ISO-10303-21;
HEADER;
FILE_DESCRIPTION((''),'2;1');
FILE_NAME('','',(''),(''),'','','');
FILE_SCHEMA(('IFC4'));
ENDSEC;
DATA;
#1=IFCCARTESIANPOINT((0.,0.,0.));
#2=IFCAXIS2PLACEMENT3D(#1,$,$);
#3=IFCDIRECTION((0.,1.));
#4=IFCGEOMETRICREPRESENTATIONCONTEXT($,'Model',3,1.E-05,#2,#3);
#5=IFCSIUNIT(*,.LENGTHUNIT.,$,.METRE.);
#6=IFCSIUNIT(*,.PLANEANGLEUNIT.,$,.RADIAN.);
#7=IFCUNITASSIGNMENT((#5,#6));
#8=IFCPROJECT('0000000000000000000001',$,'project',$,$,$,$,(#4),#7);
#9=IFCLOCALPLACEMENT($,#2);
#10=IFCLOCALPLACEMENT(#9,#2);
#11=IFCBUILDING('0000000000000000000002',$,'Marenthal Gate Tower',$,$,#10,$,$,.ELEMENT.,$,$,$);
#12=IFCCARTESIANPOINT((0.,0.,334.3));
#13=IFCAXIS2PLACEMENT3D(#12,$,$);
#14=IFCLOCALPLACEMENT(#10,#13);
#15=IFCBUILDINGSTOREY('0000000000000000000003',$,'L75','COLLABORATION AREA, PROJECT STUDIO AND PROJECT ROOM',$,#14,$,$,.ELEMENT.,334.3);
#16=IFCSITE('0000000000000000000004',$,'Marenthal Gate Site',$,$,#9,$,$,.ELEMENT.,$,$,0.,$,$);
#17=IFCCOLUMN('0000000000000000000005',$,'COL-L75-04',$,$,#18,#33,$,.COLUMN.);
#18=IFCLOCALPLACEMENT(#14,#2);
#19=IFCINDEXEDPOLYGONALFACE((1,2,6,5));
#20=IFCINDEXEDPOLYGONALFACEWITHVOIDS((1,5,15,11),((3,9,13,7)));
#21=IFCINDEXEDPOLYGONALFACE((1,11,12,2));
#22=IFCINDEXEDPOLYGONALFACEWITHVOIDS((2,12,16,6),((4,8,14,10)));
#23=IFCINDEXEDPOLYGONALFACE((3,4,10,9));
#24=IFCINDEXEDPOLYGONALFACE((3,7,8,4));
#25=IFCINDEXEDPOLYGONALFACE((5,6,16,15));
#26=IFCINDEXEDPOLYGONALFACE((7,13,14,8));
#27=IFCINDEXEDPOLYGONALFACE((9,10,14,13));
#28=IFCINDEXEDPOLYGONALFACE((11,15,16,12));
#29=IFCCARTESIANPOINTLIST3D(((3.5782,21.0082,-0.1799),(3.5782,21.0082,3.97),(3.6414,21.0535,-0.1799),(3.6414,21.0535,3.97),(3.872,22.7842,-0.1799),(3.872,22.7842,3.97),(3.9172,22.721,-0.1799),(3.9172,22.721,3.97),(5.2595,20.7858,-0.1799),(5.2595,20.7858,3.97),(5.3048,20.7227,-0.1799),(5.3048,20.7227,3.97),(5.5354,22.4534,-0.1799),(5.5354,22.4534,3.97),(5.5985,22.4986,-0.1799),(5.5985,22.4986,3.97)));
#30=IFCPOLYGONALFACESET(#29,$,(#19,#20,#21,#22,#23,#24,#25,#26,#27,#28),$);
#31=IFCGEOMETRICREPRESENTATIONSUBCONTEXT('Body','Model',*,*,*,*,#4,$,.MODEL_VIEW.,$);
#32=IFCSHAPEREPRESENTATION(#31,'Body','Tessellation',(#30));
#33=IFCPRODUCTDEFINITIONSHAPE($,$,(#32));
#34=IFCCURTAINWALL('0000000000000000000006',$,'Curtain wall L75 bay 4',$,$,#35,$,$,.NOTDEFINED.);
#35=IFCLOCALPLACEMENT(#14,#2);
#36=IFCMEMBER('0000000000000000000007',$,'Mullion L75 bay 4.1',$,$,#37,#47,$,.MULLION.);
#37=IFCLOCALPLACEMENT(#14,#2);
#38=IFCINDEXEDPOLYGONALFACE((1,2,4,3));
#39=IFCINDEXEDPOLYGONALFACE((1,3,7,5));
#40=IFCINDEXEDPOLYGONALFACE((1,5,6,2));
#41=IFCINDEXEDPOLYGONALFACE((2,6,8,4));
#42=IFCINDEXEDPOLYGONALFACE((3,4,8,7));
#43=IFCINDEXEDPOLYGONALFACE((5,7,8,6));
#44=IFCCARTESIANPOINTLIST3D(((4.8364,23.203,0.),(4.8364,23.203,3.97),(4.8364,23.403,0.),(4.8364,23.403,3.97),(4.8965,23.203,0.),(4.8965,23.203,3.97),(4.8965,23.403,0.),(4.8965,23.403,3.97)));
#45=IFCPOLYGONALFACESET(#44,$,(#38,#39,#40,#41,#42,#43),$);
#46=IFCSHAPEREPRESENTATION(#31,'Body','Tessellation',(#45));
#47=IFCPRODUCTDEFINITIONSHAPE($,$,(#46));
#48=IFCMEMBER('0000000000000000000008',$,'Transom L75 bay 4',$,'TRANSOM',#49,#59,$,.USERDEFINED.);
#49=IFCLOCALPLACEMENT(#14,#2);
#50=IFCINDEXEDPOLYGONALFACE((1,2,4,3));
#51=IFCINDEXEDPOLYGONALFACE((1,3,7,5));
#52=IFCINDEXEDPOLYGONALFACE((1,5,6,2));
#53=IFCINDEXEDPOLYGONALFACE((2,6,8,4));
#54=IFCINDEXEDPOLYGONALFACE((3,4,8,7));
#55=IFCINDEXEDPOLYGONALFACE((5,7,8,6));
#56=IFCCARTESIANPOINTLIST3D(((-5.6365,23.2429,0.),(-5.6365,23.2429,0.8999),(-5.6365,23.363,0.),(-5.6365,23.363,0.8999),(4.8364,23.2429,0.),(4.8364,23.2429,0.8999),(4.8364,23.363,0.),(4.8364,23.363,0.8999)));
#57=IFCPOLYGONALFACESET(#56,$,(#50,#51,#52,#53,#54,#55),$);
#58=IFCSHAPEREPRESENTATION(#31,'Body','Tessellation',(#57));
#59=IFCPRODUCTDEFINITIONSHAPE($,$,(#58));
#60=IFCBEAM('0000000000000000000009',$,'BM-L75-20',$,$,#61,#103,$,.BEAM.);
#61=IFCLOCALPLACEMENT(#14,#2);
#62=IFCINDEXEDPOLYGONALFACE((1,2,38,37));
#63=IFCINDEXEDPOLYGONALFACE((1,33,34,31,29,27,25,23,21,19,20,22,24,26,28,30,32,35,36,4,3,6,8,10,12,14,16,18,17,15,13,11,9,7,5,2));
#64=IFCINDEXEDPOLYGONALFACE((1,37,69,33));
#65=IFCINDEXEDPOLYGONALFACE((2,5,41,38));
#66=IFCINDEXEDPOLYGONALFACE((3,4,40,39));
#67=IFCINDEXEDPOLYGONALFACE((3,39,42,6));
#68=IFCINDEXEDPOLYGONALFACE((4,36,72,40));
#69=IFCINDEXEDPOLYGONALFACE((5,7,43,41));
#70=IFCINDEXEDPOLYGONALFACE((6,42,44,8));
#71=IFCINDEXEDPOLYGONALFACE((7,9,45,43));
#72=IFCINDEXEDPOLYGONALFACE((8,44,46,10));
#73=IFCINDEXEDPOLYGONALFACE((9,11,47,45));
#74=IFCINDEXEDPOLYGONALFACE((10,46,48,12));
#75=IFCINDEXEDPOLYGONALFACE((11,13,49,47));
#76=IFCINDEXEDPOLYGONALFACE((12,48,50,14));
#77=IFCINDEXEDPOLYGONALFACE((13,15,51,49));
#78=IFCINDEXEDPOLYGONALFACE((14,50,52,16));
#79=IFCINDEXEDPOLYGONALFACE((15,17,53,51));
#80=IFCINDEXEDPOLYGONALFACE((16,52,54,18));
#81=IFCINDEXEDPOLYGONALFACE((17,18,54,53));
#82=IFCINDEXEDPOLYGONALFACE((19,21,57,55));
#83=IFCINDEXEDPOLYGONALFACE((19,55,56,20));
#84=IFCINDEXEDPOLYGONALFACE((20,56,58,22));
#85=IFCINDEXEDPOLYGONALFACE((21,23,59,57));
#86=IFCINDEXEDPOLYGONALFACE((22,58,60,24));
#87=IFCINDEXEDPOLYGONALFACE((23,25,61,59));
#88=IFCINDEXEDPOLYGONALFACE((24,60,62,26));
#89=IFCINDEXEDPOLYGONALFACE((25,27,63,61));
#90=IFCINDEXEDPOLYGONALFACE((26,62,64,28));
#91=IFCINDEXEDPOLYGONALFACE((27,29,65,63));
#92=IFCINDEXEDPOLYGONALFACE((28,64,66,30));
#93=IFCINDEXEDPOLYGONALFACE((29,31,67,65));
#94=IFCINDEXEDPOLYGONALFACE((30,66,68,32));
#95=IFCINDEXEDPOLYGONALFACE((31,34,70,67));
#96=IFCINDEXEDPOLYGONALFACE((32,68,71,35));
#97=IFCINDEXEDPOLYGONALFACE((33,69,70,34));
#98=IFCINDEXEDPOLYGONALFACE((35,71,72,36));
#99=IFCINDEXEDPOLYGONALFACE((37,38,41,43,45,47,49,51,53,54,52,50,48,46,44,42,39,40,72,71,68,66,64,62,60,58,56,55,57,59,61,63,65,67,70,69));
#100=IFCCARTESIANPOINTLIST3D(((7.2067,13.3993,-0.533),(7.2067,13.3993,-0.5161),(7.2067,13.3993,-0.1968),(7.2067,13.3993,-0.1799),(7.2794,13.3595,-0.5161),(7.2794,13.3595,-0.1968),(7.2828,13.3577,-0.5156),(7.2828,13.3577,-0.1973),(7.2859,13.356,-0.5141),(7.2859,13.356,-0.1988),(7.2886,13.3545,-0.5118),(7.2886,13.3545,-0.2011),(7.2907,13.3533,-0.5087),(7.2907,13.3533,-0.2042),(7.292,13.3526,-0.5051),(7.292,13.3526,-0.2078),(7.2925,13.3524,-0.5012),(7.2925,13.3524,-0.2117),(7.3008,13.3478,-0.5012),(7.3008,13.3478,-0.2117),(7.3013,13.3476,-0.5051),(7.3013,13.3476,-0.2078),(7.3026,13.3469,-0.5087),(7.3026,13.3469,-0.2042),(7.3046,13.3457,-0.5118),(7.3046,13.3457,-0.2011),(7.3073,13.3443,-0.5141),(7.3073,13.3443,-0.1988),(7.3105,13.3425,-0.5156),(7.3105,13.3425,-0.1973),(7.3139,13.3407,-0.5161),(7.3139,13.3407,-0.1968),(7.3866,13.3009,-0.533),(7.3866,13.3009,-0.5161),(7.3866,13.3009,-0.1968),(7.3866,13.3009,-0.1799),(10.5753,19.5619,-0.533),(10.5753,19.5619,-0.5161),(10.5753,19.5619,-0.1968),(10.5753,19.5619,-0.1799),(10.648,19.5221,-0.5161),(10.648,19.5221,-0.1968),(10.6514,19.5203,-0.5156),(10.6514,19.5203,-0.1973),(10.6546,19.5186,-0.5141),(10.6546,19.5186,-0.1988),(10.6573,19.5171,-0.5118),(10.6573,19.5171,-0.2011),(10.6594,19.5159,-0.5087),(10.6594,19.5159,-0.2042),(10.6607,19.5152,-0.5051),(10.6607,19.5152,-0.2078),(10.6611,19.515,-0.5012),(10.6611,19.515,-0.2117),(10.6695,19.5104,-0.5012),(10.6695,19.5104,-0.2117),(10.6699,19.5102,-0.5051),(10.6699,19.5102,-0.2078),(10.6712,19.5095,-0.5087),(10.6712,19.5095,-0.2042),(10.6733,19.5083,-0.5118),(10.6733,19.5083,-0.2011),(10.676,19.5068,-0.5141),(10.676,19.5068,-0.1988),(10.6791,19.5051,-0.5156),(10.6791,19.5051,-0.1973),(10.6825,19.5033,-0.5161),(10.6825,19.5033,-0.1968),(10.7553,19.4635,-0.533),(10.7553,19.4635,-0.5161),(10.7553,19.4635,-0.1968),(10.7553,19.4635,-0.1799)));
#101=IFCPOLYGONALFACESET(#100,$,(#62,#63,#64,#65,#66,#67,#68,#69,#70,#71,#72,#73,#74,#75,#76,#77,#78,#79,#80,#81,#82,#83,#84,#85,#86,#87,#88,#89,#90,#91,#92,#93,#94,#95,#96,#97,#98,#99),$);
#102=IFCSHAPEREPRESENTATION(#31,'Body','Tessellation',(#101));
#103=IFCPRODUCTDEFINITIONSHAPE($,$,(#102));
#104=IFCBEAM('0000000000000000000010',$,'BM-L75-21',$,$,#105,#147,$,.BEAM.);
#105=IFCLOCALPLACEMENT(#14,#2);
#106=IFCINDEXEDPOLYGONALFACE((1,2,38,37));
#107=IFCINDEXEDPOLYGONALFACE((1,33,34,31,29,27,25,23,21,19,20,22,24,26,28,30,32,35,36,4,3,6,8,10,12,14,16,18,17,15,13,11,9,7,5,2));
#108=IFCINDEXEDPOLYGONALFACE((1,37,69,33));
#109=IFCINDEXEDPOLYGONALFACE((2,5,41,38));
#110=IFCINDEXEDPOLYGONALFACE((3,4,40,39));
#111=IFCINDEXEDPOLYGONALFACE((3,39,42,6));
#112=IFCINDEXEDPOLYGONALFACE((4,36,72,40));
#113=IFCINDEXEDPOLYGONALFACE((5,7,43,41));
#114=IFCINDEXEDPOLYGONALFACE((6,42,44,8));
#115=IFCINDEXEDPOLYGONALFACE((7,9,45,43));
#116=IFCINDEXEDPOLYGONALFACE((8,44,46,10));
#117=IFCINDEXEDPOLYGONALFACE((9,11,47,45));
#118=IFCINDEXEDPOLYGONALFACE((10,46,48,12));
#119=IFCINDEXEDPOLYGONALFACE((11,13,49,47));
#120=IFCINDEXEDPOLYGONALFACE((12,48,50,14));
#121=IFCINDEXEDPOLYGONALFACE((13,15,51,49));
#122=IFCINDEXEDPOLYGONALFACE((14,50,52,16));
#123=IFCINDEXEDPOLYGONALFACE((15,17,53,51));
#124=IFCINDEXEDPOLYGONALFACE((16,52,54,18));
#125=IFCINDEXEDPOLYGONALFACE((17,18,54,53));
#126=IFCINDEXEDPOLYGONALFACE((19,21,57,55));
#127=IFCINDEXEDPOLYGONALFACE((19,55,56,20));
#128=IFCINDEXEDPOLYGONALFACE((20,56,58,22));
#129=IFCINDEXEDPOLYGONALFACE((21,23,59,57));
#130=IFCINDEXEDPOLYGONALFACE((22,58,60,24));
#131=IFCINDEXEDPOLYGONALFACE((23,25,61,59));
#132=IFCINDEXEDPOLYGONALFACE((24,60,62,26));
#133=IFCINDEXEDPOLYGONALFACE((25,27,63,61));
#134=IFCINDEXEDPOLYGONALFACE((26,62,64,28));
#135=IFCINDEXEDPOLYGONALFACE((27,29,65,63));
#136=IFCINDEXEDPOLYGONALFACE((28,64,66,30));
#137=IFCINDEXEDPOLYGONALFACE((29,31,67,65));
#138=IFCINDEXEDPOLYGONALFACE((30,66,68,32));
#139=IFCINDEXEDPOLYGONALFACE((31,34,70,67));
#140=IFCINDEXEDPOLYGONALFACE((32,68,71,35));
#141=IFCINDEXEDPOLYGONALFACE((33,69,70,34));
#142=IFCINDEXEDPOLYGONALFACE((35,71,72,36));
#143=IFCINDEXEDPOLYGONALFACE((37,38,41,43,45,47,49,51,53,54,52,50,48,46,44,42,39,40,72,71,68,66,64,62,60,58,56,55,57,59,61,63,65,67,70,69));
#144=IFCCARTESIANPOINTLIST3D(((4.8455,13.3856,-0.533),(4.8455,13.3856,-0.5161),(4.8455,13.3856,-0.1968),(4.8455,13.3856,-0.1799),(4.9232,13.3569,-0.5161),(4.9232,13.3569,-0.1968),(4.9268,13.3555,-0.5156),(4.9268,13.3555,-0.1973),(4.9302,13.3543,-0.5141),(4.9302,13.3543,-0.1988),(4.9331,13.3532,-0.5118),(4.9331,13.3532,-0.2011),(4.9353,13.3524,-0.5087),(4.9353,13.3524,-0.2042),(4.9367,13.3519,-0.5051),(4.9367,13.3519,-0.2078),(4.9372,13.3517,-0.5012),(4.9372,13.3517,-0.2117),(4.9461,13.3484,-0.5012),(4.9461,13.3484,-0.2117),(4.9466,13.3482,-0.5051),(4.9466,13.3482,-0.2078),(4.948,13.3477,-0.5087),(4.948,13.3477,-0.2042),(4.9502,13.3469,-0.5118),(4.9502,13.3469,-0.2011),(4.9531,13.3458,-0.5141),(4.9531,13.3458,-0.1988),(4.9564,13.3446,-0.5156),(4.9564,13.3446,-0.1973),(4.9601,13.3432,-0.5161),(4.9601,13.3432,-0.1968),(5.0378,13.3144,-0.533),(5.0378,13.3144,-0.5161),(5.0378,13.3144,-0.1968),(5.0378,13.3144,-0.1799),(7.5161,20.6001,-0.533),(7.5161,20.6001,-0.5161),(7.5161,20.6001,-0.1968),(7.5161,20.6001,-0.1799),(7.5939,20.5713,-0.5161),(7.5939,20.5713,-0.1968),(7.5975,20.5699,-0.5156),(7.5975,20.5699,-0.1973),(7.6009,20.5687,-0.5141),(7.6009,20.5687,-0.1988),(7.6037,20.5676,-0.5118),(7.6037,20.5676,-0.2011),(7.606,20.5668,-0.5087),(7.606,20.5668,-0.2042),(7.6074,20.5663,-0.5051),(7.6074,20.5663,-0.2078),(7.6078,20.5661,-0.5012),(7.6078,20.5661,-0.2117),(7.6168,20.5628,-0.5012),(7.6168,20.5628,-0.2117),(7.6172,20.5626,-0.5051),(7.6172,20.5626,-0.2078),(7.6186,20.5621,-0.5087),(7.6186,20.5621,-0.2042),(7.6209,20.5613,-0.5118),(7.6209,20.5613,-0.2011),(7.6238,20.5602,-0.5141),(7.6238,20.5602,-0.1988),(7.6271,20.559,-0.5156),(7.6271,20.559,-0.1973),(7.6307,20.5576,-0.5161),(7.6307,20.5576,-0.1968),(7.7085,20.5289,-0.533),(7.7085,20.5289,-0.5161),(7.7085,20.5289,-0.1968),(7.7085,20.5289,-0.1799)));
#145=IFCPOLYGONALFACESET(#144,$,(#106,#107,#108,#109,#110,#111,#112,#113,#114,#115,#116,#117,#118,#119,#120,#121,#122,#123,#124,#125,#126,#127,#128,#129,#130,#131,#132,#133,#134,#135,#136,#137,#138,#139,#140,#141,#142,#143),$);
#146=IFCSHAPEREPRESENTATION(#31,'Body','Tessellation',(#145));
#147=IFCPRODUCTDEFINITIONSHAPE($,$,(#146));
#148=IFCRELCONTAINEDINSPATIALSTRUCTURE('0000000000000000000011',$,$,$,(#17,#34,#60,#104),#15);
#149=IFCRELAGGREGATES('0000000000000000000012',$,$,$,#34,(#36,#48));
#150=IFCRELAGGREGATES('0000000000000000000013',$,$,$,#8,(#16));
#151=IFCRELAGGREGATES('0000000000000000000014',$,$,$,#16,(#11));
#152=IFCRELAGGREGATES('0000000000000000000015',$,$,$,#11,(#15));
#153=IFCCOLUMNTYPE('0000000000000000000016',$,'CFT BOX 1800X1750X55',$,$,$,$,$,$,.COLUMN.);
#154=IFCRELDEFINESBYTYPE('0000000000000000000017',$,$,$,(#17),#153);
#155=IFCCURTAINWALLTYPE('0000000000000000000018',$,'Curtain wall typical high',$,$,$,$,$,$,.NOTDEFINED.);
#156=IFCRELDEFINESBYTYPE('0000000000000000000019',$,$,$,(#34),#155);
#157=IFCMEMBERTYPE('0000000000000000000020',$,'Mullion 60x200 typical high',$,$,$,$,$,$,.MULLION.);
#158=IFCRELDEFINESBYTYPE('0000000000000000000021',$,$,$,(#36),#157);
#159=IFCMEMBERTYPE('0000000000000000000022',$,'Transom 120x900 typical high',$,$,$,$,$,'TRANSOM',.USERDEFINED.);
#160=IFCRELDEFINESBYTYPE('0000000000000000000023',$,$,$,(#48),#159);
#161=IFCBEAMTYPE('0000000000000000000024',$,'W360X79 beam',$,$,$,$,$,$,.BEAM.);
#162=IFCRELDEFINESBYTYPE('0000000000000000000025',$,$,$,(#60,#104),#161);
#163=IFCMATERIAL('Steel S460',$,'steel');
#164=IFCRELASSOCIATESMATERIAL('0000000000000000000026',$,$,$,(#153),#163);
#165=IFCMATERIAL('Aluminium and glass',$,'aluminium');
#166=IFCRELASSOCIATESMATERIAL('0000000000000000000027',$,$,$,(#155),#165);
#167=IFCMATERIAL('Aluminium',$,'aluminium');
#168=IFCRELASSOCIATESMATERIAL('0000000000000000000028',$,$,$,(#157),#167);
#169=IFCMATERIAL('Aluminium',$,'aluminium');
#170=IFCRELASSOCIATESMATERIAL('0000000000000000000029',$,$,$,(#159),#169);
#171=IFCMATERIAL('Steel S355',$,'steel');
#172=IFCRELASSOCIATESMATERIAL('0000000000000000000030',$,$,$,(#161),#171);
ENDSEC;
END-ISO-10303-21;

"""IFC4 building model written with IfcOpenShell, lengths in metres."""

from ifc_helpers import new_model, si_unit, direction, frame, origin, origin_2d, place, context, subcontext, project, spatial, rectangle, hollow_rectangle, i_section, extrude, material, material_profile, profile_set, type_object, element, aggregate, save


model = new_model("IFC4")

# Units and contexts
model_context = context("Model", 3, precision=1e-05, world=origin(), true_north=direction((0.0, 1.0)))
body_context = subcontext(model_context, "Body", "Model", "MODEL_VIEW")
ifc_project = project(units=[si_unit("LENGTHUNIT", "METRE"), si_unit("PLANEANGLEUNIT", "RADIAN")], contexts=[model_context])

# Site, building, storey
site_placement = place(None, origin())
site = spatial("IfcSite", under=ifc_project, at=site_placement, Name="Marenthal Gate Site", CompositionType="ELEMENT", RefElevation=0.0)
building_placement = place(site_placement, origin())
building = spatial("IfcBuilding", under=site, at=building_placement, Name="Marenthal Gate Tower", CompositionType="ELEMENT")
storey_placement = place(building_placement, frame((0.0, 0.0, 334.3)))
storey = spatial("IfcBuildingStorey", under=building, at=storey_placement, Name="L75", Description="COLLABORATION AREA, PROJECT STUDIO AND PROJECT ROOM", CompositionType="ELEMENT", Elevation=334.3)

# Column
ifc_material_1 = material(Name="Steel S460", Category="steel")
ifc_material_profile_1 = material_profile(ifc_material_1, hollow_rectangle(XDim=1.75, YDim=1.8, WallThickness=0.0549, at=origin_2d()), Name="CFT BOX 1800X1750X55")
ifc_material_2 = material(Name="Concrete 70 MPa", Category="concrete")
ifc_material_profile_2 = material_profile(ifc_material_2, rectangle(XDim=1.6399, YDim=1.6899, at=origin_2d()), Name="CFT BOX 1800X1750X55 INFILL")
ifc_profile_set_1 = profile_set([ifc_material_profile_1, ifc_material_profile_2], Name="Steel S460 shell, Concrete 70 MPa infill")
column_type = type_object("IfcColumnType", Name="CFT BOX 1800X1750X55", PredefinedType="COLUMN", material=ifc_profile_set_1)
column_placement = place(storey_placement, frame((4.5884, 21.7534, -0.1799), z_axis=(0.0, 0.0, 1.0), x_axis=(0.986595, -0.163188, 0.0)))
element("IfcColumn", 1, at=column_placement, inside=storey, type_object=column_type, Name="COL-L75-04", PredefinedType="COLUMN", context=body_context, shape_type="SweptSolid", body=[
    extrude(hollow_rectangle(XDim=1.75, YDim=1.8, WallThickness=0.0549, at=origin_2d()), origin(), (0.0, 0.0, 1.0), 4.1499),
])

# Curtain wall, members
ifc_material_3 = material(Name="Aluminium and glass", Category="aluminium")
curtain_wall_type = type_object("IfcCurtainWallType", Name="Curtain wall typical high", PredefinedType="NOTDEFINED", material=ifc_material_3)
curtain_wall_placement = place(storey_placement, origin())
curtain_wall = element("IfcCurtainWall", 2, at=curtain_wall_placement, inside=storey, type_object=curtain_wall_type, Name="Curtain wall L75 bay 4", PredefinedType="NOTDEFINED")
ifc_material_4 = material(Name="Aluminium", Category="aluminium")
ifc_material_profile_3 = material_profile(ifc_material_4, rectangle(XDim=0.2, YDim=0.0601, at=origin_2d()), Name="60x200 aluminium mullion")
ifc_profile_set_2 = profile_set([ifc_material_profile_3], Name="Aluminium")
member_type_1 = type_object("IfcMemberType", Name="Mullion 60x200 typical high", PredefinedType="MULLION", material=ifc_profile_set_2)
member_1_placement = place(storey_placement, frame((4.8665, 23.303, 0.0), z_axis=(0.0, 0.0, 1.0), x_axis=(0.0, -1.0, 0.0)))
member_1 = element("IfcMember", 3, at=member_1_placement, type_object=member_type_1, Name="Mullion L75 bay 4.1", PredefinedType="MULLION", context=body_context, shape_type="SweptSolid", body=[
    extrude(rectangle(XDim=0.2, YDim=0.0601, at=origin_2d()), origin(), (0.0, 0.0, 1.0), 3.97),
])
ifc_material_5 = material(Name="Aluminium", Category="aluminium")
ifc_material_profile_4 = material_profile(ifc_material_5, rectangle(XDim=0.1201, YDim=0.8999, at=origin_2d()), Name="120x900 aluminium transom")
ifc_profile_set_3 = profile_set([ifc_material_profile_4], Name="Aluminium")
member_type_2 = type_object("IfcMemberType", Name="Transom 120x900 typical high", ElementType="TRANSOM", PredefinedType="USERDEFINED", material=ifc_profile_set_3)
member_2_placement = place(storey_placement, frame((4.8364, 23.303, 0.45), z_axis=(-1.0, 0.0, 0.0), x_axis=(0.0, -1.0, 0.0)))
member_2 = element("IfcMember", 4, at=member_2_placement, type_object=member_type_2, Name="Transom L75 bay 4", ObjectType="TRANSOM", PredefinedType="USERDEFINED", context=body_context, shape_type="SweptSolid", body=[
    extrude(rectangle(XDim=0.1201, YDim=0.8999, at=origin_2d()), origin(), (0.0, 0.0, 1.0), 10.4729),
])

# Beams
ifc_material_6 = material(Name="Steel S355", Category="steel")
ifc_material_profile_5 = material_profile(ifc_material_6, i_section(OverallWidth=0.2051, OverallDepth=0.353, WebThickness=0.0095, FlangeThickness=0.0168, FilletRadius=0.0149, at=origin_2d()), Name="W360X79")
ifc_profile_set_4 = profile_set([ifc_material_profile_5], Name="Steel S355")
beam_type_1 = type_object("IfcBeamType", Name="W360X79 beam", PredefinedType="BEAM", material=ifc_profile_set_4)
beam_1_placement = place(storey_placement, frame((10.6653, 19.5127, -0.3564), z_axis=(-0.479646, -0.877462, 0.0), x_axis=(0.877462, -0.479646, 0.0)))
element("IfcBeam", 5, at=beam_1_placement, inside=storey, type_object=beam_type_1, Name="BM-L75-20", PredefinedType="BEAM", context=body_context, shape_type="SweptSolid", body=[
    extrude(i_section(OverallWidth=0.2051, OverallDepth=0.353, WebThickness=0.0095, FlangeThickness=0.0168, FilletRadius=0.0149, at=origin_2d()), origin(), (0.0, 0.0, 1.0), 7.0232),
])
beam_2_placement = place(storey_placement, frame((7.6123, 20.5645, -0.3564), z_axis=(-0.347162, -0.937805, 0.0), x_axis=(0.937805, -0.347162, 0.0)))
element("IfcBeam", 6, at=beam_2_placement, inside=storey, type_object=beam_type_1, Name="BM-L75-21", PredefinedType="BEAM", context=body_context, shape_type="SweptSolid", body=[
    extrude(i_section(OverallWidth=0.2051, OverallDepth=0.353, WebThickness=0.0095, FlangeThickness=0.0168, FilletRadius=0.0149, at=origin_2d()), origin(), (0.0, 0.0, 1.0), 7.6929),
])

aggregate(curtain_wall, [member_1, member_2])

save(model, "model.ifc")
